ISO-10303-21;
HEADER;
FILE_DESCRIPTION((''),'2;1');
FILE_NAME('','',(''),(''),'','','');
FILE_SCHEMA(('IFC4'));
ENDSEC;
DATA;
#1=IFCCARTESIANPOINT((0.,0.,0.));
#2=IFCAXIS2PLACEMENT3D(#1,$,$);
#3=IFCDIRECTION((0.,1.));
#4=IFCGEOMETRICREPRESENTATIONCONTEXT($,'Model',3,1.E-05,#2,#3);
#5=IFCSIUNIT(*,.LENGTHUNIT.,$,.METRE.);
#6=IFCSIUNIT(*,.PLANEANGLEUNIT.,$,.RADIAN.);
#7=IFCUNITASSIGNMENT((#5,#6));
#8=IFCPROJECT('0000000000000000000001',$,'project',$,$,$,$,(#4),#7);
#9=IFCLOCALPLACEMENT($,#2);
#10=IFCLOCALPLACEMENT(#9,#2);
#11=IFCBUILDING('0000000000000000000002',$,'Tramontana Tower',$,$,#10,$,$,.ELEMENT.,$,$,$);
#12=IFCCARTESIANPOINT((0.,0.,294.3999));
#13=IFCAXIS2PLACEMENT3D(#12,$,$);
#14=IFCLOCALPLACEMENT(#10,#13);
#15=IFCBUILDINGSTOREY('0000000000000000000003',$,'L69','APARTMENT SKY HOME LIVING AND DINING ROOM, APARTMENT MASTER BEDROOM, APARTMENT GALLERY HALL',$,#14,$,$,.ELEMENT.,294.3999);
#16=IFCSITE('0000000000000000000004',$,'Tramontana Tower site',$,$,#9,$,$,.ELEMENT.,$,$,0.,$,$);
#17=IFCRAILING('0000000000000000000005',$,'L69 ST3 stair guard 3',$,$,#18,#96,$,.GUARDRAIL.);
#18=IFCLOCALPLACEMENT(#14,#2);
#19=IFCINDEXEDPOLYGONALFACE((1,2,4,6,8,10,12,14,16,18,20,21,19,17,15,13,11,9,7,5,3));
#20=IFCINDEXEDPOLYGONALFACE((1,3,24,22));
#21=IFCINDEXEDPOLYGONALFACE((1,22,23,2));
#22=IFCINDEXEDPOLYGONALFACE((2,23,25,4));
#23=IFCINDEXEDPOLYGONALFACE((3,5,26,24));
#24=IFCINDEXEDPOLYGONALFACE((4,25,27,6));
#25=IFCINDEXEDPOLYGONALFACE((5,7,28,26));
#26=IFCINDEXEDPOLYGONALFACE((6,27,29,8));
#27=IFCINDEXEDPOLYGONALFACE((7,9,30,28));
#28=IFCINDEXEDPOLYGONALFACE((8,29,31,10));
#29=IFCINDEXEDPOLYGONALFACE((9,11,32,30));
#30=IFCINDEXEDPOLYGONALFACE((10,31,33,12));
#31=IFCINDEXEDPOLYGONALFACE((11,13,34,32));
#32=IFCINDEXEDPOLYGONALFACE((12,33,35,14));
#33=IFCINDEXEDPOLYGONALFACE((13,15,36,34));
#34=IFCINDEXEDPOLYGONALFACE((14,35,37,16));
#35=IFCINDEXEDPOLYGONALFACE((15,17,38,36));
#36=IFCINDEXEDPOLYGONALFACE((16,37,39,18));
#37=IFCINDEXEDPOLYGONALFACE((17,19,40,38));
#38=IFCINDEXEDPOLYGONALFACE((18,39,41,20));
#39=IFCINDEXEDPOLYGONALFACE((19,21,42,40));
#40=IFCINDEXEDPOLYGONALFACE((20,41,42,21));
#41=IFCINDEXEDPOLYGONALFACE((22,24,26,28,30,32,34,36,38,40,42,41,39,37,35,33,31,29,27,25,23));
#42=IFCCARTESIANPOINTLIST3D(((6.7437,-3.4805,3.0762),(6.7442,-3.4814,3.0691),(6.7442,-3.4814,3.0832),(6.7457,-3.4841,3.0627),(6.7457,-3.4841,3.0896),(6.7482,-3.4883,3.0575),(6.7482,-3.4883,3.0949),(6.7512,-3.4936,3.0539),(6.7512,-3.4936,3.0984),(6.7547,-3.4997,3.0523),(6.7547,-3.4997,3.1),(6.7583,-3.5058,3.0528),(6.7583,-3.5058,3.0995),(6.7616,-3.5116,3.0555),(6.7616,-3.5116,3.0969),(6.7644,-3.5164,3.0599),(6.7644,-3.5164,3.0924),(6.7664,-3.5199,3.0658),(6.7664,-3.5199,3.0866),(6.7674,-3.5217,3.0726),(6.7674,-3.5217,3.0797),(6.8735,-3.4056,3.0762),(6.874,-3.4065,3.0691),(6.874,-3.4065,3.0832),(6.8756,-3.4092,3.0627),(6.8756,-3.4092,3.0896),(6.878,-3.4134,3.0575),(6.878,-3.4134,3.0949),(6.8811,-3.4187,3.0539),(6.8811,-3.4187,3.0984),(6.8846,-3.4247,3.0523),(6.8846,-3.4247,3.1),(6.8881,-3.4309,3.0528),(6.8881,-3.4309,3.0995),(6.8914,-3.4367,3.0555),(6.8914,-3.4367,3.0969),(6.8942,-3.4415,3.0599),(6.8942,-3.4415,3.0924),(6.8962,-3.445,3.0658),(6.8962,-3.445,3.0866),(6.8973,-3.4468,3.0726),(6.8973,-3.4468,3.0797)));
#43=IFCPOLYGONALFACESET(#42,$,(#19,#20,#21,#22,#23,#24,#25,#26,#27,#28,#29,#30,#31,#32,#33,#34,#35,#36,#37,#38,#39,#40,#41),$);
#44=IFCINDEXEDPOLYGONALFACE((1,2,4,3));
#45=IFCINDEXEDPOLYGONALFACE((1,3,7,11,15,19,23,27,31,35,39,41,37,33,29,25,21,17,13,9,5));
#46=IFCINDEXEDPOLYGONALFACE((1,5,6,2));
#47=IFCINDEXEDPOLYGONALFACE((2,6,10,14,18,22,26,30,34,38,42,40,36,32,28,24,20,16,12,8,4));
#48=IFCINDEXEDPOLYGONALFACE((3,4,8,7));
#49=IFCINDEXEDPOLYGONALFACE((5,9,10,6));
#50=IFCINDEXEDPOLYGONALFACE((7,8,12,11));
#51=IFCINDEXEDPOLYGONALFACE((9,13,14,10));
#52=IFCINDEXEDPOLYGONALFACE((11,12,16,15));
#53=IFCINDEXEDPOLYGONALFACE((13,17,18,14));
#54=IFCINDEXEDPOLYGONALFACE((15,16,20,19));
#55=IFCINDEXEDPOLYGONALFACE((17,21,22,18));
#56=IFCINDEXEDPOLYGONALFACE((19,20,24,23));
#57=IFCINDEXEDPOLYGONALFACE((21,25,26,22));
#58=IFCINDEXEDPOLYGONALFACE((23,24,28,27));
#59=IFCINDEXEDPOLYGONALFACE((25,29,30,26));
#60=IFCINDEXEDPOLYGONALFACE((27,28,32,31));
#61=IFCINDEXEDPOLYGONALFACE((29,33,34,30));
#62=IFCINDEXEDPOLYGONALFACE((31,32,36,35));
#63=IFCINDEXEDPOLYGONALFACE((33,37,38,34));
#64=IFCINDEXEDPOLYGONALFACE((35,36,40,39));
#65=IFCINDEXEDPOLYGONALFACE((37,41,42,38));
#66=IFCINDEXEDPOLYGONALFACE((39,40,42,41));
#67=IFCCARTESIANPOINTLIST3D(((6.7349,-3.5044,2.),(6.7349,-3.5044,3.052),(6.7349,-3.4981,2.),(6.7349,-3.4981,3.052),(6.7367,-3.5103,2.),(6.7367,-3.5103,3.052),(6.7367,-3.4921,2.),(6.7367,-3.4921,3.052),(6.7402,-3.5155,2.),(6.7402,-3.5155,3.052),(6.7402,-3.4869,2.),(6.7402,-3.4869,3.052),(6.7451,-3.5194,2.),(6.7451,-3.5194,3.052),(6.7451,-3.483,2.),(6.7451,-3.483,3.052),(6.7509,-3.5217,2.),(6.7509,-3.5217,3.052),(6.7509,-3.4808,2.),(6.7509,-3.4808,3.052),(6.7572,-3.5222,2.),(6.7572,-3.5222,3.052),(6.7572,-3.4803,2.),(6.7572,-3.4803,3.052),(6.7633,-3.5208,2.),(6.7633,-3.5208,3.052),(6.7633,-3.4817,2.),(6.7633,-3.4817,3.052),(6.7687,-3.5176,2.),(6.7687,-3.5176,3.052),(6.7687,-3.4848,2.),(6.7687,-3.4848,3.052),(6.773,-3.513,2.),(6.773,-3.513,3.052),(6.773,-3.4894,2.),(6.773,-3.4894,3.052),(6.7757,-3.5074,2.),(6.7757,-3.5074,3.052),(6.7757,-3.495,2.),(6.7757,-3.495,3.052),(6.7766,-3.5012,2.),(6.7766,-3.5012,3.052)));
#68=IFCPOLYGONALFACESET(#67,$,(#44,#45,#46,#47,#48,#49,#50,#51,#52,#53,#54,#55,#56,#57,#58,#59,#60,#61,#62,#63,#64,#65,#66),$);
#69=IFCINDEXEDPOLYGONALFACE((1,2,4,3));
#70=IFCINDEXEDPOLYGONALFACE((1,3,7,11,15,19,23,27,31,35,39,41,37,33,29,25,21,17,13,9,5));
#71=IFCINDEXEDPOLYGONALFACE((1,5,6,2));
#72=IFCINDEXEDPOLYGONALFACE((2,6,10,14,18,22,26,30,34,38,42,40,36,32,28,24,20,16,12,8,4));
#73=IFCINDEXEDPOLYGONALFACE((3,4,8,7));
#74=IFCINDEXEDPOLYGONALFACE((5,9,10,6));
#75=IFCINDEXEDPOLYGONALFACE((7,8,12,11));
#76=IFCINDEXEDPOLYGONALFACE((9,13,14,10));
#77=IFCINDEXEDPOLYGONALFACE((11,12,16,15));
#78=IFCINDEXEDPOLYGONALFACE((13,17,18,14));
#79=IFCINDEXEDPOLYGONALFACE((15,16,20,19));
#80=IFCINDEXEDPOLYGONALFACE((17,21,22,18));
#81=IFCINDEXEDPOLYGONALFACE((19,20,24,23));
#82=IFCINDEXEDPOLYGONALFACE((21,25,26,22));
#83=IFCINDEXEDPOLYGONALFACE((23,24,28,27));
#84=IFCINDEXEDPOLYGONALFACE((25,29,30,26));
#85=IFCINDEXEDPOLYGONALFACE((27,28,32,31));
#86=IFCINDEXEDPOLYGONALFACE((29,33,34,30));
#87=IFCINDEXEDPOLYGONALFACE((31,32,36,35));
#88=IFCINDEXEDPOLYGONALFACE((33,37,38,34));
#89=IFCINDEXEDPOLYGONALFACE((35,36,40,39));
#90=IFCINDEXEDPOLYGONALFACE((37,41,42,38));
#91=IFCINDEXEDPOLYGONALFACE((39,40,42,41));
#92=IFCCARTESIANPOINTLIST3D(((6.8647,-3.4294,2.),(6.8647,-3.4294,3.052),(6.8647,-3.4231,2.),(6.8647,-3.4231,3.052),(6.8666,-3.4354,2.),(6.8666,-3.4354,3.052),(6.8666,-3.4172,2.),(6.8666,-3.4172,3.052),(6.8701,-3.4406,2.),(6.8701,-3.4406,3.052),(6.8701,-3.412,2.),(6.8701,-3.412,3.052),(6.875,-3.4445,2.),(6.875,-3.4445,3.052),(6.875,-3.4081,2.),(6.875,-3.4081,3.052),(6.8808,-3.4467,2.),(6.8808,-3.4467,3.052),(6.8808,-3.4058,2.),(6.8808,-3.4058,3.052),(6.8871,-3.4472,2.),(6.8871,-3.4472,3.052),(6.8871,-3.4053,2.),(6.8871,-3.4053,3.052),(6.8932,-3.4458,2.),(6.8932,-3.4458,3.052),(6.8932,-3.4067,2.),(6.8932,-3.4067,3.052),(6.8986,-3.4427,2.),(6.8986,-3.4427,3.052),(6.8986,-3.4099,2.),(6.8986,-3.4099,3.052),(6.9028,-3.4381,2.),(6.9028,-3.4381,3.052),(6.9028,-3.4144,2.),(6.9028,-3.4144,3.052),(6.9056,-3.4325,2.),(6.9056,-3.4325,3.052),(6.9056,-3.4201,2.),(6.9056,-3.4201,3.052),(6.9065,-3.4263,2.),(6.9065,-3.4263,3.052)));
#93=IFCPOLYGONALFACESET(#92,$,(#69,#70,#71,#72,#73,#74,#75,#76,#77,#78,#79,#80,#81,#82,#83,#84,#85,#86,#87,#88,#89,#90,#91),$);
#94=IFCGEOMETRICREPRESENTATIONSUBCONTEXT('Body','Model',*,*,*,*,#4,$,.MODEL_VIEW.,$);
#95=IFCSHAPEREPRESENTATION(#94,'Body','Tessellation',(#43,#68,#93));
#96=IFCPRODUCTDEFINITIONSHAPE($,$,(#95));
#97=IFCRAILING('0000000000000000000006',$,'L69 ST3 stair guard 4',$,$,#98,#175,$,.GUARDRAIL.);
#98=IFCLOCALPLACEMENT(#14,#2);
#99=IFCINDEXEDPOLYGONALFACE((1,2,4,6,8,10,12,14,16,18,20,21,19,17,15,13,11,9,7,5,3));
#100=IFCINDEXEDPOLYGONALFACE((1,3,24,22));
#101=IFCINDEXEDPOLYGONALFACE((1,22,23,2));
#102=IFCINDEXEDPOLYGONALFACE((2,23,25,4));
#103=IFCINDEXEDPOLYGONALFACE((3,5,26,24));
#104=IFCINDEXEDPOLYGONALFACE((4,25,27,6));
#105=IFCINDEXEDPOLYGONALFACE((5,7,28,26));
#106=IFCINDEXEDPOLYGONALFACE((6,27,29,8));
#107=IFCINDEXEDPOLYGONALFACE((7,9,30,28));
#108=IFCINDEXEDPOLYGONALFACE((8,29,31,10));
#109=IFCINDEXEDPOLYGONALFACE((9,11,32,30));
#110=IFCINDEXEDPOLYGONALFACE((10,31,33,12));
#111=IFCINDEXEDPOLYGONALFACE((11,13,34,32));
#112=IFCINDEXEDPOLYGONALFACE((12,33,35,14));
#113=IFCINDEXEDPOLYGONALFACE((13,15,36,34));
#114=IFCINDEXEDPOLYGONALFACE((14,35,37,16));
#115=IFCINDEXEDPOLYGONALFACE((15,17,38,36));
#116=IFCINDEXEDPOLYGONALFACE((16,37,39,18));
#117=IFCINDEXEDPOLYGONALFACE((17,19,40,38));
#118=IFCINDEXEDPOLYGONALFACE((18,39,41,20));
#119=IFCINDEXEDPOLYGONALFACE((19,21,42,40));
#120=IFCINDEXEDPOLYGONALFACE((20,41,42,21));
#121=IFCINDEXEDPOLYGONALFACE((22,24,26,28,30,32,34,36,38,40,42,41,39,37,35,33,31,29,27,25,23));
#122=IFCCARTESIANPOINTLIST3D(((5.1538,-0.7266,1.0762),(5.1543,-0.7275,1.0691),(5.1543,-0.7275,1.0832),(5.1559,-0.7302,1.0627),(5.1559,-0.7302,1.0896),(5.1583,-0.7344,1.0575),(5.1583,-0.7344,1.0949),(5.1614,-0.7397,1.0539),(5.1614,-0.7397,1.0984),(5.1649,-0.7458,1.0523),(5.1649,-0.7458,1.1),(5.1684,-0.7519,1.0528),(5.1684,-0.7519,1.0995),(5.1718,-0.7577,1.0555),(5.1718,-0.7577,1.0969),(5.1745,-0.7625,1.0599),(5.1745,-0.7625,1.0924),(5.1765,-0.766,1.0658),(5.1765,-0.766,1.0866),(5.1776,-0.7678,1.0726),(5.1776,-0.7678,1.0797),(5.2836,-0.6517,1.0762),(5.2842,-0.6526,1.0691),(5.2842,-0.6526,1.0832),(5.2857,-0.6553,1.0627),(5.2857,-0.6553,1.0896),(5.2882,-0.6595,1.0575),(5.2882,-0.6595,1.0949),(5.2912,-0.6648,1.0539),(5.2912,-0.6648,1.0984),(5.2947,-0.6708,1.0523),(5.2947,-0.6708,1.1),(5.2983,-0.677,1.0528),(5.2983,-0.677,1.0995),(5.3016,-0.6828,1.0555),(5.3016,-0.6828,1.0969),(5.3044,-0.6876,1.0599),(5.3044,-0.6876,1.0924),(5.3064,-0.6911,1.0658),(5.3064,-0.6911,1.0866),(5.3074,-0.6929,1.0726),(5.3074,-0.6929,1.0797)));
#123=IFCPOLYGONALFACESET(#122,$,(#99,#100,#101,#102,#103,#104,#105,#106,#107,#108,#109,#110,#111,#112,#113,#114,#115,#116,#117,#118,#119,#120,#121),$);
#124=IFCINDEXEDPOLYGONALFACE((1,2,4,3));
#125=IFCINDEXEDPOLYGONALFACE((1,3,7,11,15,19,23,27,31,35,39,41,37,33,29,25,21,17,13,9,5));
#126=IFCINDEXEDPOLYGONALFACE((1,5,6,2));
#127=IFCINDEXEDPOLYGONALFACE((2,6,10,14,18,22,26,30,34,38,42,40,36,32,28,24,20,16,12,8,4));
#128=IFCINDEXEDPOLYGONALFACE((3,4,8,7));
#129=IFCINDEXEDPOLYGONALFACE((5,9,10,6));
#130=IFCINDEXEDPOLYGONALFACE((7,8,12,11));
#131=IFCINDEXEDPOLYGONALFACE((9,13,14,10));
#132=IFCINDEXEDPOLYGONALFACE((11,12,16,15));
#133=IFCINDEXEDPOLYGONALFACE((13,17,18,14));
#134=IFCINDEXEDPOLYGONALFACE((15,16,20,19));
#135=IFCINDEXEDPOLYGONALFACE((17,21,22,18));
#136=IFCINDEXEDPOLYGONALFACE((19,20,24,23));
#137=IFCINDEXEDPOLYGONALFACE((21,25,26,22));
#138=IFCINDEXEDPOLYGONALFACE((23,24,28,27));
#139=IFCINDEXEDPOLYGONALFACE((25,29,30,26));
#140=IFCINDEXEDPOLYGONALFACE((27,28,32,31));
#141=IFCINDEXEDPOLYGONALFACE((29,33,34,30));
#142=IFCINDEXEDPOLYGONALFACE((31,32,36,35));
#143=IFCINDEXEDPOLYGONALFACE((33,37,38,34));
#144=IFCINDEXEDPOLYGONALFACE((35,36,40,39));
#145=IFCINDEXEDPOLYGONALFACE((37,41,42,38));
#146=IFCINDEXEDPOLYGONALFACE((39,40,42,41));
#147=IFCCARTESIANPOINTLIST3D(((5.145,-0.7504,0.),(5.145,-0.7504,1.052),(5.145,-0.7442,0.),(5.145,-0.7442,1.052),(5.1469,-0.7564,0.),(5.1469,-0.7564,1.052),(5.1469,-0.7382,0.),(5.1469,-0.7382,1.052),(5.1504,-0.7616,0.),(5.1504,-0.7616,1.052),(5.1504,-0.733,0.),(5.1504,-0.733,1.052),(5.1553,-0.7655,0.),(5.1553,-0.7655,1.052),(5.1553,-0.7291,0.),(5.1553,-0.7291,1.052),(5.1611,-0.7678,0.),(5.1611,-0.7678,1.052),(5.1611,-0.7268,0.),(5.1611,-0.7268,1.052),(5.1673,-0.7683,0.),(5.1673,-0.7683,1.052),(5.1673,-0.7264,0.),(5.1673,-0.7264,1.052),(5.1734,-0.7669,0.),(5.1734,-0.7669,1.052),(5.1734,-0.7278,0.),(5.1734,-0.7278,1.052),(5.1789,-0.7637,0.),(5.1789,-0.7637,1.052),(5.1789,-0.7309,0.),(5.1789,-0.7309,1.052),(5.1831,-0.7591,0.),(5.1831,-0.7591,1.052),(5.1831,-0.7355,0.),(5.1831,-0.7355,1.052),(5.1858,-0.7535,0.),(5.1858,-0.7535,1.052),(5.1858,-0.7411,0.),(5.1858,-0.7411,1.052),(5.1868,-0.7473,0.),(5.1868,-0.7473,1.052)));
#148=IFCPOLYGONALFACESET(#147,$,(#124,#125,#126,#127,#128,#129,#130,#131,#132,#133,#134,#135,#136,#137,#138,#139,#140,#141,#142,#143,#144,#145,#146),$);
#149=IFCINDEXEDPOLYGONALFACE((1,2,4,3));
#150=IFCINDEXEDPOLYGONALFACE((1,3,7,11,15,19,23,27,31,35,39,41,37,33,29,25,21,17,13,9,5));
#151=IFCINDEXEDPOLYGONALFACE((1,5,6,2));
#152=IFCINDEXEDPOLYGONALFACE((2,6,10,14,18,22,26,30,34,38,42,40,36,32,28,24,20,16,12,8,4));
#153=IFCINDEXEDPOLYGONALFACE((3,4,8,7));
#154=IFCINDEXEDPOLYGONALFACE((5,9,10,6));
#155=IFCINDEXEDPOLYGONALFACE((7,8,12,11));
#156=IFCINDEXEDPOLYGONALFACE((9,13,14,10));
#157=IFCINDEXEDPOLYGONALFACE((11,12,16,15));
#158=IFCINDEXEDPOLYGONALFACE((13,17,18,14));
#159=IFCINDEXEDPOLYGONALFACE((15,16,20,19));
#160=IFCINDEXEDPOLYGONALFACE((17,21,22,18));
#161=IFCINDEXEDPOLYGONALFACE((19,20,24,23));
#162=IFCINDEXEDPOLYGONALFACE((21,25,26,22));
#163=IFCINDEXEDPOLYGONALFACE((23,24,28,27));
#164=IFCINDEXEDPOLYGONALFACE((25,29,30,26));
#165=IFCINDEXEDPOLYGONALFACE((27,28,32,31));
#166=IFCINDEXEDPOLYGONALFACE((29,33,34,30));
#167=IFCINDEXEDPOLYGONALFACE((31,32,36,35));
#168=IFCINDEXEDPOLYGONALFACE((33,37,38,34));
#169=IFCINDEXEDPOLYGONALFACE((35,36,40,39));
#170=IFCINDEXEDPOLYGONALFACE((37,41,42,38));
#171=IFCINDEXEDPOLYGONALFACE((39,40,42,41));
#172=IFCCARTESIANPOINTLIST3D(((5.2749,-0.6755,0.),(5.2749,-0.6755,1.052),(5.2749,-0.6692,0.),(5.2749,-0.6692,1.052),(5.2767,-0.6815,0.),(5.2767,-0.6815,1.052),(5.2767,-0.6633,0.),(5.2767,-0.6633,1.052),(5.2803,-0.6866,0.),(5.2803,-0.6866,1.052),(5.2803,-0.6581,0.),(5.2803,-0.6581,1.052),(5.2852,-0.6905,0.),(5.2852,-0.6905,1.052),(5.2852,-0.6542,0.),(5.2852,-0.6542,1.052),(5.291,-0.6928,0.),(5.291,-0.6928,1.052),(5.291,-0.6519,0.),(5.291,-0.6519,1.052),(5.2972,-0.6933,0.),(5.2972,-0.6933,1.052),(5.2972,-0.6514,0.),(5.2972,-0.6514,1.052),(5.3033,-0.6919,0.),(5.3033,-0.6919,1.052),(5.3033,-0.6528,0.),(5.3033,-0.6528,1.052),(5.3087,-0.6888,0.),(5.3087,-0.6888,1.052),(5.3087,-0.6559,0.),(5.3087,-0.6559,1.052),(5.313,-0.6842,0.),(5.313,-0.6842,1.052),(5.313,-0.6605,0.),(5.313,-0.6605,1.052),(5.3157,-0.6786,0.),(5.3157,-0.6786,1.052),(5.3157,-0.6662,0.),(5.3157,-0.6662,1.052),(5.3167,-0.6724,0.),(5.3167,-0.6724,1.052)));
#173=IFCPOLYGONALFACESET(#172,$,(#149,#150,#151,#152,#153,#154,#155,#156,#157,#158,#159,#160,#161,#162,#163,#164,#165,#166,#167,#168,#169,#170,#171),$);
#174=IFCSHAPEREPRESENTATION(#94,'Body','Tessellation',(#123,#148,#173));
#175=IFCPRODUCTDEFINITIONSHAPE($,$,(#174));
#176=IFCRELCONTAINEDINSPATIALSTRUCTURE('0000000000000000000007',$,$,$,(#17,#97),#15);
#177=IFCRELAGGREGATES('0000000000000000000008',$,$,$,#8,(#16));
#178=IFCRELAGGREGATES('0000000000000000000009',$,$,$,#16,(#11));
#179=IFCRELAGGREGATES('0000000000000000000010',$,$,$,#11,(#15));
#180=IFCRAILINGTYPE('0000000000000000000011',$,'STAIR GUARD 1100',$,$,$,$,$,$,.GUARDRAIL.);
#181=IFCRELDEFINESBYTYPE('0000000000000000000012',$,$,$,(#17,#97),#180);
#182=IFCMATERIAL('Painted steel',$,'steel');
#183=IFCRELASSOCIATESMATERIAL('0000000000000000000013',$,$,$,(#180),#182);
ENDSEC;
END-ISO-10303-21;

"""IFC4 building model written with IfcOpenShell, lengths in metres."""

from ifc_helpers import new_model, si_unit, direction, frame, origin, origin_2d, place, context, subcontext, project, spatial, circle, extrude, material, type_object, element, save


model = new_model("IFC4")

# Units and contexts
model_context = context("Model", 3, precision=1e-05, world=origin(), true_north=direction((0.0, 1.0)))
body_context = subcontext(model_context, "Body", "Model", "MODEL_VIEW")
ifc_project = project(units=[si_unit("LENGTHUNIT", "METRE"), si_unit("PLANEANGLEUNIT", "RADIAN")], contexts=[model_context])

# Site, building, storey
site_placement = place(None, origin())
site = spatial("IfcSite", under=ifc_project, at=site_placement, Name="Tramontana Tower site", CompositionType="ELEMENT", RefElevation=0.0)
building_placement = place(site_placement, origin())
building = spatial("IfcBuilding", under=site, at=building_placement, Name="Tramontana Tower", CompositionType="ELEMENT")
storey_placement = place(building_placement, frame((0.0, 0.0, 294.3999)))
storey = spatial("IfcBuildingStorey", under=building, at=storey_placement, Name="L69", Description="APARTMENT SKY HOME LIVING AND DINING ROOM, APARTMENT MASTER BEDROOM, APARTMENT GALLERY HALL", CompositionType="ELEMENT", Elevation=294.3999)

# Railings
ifc_material_1 = material(Name="Painted steel", Category="steel")
railing_type_1 = type_object("IfcRailingType", Name="STAIR GUARD 1100", PredefinedType="GUARDRAIL", material=ifc_material_1)
for number, where, name in (
    (1, (6.7556, -3.5012, 2.0), "L69 ST3 stair guard 3"),
    (2, (5.1658, -0.7473, 0.0), "L69 ST3 stair guard 4"),
):
    element("IfcRailing", number, at=place(storey_placement, frame(where)), inside=storey, type_object=railing_type_1, Name=name, PredefinedType="GUARDRAIL", context=body_context, shape_type="SweptSolid", body=[
        extrude(circle(Radius=0.0239, at=origin_2d()), frame((0.0, 0.0, 1.0762), z_axis=(0.866131, 0.499816, 0.0), x_axis=(-0.499816, 0.866131, 0.0)), (0.0, 0.0, 1.0), 0.1499),
        extrude(circle(Radius=0.021, at=origin_2d()), origin(), (0.0, 0.0, 1.0), 1.052),
        extrude(circle(Radius=0.021, at=origin_2d()), frame((0.1299, 0.075, 0.0)), (0.0, 0.0, 1.0), 1.052),
    ])

save(model, "model.ifc")
